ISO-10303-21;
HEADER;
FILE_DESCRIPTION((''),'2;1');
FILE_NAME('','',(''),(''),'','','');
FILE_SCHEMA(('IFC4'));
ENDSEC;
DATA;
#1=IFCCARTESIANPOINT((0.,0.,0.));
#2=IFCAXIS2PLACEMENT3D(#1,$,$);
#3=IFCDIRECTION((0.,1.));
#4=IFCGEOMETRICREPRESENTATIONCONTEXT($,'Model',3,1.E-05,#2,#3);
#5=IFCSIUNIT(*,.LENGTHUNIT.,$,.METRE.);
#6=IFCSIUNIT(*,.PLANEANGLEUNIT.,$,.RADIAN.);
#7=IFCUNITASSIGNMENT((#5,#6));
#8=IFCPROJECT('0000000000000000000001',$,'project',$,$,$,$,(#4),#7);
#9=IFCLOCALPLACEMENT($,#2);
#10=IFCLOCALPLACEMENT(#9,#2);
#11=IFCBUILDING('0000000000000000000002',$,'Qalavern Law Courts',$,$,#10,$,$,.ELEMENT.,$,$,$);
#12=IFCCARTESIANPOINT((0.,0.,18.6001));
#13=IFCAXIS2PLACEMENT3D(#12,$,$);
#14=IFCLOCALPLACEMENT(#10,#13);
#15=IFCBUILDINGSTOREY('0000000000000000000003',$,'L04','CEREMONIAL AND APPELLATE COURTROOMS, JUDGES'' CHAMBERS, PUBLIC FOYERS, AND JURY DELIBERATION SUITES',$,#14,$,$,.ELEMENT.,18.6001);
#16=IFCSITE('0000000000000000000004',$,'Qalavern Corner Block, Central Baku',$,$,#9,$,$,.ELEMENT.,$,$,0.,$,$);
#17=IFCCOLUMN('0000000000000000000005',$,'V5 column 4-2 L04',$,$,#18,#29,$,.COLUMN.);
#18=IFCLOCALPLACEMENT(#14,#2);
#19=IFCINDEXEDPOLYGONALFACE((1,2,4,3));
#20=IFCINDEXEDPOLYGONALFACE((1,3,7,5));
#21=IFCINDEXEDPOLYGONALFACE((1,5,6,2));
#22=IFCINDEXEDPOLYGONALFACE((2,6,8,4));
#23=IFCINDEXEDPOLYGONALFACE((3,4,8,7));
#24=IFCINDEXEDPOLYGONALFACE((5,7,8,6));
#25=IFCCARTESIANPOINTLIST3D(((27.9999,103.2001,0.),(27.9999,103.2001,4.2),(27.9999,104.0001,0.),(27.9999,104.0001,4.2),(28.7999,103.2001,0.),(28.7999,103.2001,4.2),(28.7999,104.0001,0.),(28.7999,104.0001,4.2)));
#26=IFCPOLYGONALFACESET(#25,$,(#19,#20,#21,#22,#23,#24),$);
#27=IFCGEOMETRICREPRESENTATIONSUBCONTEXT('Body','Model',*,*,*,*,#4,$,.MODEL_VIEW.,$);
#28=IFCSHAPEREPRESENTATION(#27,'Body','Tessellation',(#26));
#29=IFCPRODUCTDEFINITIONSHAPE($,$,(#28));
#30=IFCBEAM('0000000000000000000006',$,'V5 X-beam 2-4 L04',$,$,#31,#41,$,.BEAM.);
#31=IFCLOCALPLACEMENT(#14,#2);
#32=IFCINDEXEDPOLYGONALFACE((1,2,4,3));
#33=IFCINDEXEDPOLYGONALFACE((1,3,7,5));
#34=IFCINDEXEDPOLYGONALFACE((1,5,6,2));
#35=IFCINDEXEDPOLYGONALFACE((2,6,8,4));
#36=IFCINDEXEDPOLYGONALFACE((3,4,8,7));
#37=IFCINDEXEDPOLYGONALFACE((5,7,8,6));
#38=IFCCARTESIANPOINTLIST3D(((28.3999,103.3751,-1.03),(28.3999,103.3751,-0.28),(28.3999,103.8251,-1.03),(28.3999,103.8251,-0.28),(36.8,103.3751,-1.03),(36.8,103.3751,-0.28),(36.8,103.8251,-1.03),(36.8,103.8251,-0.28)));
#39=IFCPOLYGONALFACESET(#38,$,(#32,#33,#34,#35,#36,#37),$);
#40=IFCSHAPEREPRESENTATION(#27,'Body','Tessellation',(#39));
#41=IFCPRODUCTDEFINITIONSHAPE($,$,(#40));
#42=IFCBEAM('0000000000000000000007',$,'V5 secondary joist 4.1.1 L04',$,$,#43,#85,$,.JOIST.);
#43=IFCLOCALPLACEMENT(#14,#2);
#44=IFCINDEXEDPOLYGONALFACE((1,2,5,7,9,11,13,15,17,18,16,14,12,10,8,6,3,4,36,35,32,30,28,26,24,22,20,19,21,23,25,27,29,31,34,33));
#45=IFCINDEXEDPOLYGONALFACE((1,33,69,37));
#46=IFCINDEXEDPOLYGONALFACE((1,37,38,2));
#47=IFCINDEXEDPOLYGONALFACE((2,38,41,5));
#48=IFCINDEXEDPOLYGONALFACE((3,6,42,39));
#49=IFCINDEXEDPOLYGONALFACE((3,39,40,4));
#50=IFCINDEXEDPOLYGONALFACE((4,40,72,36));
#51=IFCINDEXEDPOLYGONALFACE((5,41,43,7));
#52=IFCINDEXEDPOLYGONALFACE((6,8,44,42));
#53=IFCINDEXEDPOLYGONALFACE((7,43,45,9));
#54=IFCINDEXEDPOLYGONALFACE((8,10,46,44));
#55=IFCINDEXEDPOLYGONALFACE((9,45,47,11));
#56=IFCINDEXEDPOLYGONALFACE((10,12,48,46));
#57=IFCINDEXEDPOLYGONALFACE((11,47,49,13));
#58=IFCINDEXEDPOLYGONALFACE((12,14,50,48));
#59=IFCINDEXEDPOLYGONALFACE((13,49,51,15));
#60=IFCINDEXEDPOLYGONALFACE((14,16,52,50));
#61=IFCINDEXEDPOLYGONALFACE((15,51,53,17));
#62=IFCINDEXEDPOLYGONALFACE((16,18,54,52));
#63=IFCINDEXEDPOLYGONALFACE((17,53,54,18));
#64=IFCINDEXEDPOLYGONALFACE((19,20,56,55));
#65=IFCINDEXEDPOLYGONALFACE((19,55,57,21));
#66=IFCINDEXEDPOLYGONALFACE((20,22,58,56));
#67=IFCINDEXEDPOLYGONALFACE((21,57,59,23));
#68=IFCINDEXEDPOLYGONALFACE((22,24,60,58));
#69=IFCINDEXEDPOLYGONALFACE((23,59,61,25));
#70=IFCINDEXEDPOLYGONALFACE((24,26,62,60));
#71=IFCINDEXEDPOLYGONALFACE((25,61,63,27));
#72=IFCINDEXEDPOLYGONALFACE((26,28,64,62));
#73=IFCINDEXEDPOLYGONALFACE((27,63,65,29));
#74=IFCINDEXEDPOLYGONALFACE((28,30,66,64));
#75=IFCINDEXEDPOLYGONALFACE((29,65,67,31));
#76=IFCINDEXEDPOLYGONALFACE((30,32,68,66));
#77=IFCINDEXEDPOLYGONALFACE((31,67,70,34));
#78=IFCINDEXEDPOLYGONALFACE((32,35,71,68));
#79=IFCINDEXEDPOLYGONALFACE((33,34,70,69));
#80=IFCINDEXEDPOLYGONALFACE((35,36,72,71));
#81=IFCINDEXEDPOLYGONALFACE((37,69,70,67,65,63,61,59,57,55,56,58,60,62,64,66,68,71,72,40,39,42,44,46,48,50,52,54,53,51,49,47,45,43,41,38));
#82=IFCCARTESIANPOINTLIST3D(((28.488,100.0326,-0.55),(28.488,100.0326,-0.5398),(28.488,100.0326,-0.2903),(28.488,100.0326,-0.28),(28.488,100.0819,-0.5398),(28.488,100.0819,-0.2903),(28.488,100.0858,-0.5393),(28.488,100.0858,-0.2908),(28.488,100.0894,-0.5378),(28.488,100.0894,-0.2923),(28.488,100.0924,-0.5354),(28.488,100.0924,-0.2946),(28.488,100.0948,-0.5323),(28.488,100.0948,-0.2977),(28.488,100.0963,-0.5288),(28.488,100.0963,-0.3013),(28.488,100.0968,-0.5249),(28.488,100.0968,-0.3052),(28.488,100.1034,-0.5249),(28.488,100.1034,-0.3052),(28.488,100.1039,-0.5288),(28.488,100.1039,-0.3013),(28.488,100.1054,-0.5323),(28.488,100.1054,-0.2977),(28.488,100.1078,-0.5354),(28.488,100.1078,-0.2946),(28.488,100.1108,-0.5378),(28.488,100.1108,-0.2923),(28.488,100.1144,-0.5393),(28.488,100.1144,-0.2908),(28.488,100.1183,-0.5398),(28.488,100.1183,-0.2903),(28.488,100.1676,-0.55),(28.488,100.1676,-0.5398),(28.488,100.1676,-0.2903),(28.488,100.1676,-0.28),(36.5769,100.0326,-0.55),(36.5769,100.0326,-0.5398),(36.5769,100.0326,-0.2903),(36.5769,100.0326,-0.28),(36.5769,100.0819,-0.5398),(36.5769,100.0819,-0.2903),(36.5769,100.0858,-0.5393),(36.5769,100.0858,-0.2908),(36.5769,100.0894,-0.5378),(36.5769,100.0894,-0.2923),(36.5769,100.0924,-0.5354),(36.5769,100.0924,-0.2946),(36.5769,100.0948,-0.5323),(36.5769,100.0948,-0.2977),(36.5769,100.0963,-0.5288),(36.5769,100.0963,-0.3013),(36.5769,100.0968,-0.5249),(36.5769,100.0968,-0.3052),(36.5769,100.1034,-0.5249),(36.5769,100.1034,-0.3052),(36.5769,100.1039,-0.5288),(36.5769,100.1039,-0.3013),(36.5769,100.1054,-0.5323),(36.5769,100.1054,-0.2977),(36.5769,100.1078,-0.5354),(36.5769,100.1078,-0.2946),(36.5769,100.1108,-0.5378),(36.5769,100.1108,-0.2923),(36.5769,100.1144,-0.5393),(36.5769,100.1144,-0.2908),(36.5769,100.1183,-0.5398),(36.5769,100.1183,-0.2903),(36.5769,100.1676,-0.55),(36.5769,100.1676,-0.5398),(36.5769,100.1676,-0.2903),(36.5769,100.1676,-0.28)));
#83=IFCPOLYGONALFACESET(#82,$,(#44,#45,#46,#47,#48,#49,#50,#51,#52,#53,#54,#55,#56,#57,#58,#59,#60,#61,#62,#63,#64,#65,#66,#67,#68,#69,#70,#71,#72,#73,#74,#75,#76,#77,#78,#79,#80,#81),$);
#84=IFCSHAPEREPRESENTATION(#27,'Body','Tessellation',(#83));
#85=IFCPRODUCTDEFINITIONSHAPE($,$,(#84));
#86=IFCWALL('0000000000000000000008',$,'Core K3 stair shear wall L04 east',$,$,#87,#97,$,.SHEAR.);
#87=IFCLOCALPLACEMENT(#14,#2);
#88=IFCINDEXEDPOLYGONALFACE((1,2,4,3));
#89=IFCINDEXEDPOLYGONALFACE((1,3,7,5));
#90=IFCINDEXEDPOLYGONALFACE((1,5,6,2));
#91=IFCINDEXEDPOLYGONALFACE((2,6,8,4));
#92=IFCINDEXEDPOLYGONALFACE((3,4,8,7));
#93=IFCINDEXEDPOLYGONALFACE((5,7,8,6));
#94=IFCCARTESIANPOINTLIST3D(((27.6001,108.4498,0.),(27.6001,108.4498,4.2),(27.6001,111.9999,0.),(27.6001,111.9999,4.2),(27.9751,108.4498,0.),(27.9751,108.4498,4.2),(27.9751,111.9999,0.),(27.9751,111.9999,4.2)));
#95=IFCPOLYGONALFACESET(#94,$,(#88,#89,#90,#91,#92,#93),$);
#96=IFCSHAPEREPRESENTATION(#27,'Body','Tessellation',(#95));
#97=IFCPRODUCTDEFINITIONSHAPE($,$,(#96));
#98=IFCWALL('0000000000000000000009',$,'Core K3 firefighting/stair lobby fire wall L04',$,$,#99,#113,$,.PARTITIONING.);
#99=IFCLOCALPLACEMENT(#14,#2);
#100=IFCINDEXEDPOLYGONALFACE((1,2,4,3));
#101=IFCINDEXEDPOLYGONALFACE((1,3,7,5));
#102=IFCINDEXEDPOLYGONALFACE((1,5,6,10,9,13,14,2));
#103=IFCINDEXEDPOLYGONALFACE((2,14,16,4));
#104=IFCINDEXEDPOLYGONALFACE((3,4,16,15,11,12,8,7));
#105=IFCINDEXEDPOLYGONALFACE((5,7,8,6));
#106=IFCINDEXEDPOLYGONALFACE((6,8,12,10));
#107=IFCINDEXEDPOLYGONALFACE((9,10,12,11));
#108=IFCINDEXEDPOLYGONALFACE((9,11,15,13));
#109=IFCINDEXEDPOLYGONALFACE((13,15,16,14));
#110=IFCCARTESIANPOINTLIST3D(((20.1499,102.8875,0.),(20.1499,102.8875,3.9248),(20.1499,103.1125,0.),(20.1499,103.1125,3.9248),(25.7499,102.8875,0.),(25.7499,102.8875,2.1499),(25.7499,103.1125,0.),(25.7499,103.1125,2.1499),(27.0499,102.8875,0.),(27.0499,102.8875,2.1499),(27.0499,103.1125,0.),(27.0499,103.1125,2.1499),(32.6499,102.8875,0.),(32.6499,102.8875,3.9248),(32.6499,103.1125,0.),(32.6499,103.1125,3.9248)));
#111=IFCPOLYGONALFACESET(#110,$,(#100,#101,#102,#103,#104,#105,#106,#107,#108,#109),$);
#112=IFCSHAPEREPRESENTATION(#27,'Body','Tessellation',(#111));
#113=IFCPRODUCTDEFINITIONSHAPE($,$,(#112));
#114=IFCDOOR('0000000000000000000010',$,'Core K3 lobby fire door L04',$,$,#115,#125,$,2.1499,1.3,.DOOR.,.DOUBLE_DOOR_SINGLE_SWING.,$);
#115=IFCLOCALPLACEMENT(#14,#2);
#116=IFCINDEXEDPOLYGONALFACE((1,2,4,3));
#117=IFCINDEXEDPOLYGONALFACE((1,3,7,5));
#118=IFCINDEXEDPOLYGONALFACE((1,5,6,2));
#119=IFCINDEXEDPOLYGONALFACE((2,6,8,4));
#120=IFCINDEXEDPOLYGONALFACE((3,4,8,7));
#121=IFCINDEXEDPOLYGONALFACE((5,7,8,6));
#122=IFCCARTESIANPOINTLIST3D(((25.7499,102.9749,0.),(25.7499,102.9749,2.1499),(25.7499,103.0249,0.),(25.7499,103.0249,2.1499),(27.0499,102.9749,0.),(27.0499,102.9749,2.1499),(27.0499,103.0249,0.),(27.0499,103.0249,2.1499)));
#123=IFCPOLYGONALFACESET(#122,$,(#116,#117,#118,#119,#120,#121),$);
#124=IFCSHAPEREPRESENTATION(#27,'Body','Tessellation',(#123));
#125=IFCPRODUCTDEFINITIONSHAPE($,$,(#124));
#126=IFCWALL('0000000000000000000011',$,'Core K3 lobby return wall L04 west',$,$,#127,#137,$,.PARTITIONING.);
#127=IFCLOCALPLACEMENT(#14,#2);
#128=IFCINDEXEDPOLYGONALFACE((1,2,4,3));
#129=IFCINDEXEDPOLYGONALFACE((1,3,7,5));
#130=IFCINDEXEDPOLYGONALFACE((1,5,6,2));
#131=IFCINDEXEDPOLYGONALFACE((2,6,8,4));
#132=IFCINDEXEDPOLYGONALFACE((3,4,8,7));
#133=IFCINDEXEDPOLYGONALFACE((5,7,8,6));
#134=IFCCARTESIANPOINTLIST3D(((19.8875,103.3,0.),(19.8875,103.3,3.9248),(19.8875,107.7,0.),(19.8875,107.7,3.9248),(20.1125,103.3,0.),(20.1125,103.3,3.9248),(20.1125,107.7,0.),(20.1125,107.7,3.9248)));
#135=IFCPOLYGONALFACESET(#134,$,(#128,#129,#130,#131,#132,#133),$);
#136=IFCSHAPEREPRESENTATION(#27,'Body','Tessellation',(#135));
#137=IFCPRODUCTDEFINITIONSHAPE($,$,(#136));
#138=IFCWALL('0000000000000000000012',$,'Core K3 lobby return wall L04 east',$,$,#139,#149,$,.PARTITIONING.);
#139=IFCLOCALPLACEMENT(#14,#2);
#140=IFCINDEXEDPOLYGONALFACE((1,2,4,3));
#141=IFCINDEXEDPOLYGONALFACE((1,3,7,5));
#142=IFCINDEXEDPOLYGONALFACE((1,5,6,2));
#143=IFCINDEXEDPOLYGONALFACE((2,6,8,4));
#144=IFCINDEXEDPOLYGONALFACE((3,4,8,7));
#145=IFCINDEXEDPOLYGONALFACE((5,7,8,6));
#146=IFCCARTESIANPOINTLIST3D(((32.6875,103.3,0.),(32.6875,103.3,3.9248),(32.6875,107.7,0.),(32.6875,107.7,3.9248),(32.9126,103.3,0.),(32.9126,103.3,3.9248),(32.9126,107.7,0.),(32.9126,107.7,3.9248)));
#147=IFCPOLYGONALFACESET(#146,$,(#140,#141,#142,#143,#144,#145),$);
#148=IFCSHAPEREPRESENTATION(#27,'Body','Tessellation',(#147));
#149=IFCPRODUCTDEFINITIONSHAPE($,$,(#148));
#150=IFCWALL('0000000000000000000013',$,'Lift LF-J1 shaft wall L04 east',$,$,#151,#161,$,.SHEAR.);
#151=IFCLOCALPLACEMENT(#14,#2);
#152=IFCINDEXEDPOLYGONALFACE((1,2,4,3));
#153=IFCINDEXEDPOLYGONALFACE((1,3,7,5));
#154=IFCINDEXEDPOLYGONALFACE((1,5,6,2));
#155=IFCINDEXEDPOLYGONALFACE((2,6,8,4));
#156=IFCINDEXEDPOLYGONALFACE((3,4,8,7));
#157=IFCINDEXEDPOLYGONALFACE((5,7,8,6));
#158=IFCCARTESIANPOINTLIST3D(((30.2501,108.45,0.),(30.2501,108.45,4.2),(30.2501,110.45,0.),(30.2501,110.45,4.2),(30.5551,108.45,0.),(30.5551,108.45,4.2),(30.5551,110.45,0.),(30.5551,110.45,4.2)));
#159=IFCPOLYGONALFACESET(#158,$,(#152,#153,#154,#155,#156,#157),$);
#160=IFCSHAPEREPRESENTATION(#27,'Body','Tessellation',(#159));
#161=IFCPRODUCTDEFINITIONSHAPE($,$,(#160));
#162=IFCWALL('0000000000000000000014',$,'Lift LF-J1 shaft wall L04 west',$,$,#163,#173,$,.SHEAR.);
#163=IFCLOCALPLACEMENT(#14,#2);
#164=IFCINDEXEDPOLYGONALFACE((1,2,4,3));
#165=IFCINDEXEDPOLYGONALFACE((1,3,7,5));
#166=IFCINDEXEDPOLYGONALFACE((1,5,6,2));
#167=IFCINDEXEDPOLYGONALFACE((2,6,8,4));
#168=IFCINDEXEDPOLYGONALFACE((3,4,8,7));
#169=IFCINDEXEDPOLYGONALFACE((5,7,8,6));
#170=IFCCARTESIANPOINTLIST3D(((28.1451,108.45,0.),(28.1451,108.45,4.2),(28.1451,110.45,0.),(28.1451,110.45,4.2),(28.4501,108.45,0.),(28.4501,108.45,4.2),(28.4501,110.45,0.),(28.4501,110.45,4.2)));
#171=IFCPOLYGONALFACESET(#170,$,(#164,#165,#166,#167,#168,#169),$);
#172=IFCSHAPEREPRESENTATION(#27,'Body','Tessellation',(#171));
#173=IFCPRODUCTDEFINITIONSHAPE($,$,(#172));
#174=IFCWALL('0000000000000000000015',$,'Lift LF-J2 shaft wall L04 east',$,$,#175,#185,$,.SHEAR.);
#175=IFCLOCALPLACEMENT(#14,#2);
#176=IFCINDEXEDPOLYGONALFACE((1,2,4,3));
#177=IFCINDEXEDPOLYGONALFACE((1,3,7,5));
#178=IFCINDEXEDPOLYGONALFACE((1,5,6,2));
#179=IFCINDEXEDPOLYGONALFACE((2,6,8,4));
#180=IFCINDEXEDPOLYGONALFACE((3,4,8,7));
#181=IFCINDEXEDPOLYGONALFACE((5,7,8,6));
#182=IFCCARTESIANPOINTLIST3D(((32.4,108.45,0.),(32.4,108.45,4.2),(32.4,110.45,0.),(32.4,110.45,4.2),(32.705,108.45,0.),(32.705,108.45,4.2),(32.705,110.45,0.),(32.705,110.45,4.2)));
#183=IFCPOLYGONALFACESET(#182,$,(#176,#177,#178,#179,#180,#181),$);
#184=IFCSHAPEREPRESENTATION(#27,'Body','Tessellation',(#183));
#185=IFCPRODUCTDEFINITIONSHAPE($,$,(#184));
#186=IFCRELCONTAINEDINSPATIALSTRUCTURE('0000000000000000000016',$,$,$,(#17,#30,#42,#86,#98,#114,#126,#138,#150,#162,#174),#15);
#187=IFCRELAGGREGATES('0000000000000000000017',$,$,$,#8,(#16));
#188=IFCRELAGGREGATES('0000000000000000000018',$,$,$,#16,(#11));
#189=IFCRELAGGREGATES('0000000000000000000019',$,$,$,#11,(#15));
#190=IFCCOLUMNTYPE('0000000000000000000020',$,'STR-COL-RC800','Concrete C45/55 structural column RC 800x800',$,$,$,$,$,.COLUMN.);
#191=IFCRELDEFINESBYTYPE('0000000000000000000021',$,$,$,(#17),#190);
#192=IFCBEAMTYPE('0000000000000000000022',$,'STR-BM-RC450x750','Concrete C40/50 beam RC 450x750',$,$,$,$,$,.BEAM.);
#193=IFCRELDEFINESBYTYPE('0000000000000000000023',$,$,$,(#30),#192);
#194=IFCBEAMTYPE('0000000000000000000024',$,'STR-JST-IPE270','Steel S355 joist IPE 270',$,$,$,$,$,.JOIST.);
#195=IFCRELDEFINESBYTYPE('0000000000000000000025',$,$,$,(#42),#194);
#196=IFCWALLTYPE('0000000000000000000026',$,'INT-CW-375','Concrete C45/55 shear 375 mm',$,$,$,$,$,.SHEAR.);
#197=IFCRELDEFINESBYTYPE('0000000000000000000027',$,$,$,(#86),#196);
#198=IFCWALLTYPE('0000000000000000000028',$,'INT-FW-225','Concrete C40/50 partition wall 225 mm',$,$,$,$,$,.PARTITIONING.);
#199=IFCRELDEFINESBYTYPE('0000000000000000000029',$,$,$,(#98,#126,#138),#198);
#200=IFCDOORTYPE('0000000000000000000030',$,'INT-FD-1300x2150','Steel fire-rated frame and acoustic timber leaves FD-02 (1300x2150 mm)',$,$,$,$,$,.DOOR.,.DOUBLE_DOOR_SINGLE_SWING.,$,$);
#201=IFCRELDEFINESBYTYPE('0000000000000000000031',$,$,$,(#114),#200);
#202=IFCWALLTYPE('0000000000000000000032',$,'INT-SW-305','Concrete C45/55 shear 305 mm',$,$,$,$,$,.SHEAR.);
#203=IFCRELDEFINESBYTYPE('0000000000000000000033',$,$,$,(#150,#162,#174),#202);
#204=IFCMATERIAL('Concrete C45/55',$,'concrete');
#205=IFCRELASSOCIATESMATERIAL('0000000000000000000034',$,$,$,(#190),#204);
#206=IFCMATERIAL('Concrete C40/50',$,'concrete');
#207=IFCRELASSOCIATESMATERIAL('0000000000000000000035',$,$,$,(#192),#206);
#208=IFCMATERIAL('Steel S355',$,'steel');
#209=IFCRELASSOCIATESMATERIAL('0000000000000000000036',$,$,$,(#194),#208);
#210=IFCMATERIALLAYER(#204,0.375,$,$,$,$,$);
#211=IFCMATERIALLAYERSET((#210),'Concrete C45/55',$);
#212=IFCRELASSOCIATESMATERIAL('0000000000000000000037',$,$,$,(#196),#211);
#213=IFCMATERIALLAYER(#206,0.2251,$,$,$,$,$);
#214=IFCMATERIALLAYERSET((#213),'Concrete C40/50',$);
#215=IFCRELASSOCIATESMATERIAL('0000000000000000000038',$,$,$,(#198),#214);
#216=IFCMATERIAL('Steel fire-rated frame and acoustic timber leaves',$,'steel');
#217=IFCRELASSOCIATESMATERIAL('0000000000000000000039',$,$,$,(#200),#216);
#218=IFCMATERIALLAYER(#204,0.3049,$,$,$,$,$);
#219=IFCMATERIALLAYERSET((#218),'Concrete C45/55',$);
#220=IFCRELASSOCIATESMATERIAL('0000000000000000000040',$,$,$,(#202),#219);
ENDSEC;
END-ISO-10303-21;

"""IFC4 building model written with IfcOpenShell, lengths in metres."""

from ifc_helpers import new_model, si_unit, direction, frame, frame_2d, origin, origin_2d, place, context, subcontext, project, spatial, rectangle, i_section, extrude, material, layer, layer_set, material_profile, profile_set, type_object, element, fill, save


model = new_model("IFC4")

# Units and contexts
model_context = context("Model", 3, precision=1e-05, world=origin(), true_north=direction((0.0, 1.0)))
body_context = subcontext(model_context, "Body", "Model", "MODEL_VIEW")
ifc_project = project(units=[si_unit("LENGTHUNIT", "METRE"), si_unit("PLANEANGLEUNIT", "RADIAN")], contexts=[model_context])

# Site, building, storey
site_placement = place(None, origin())
site = spatial("IfcSite", under=ifc_project, at=site_placement, Name="Qalavern Corner Block, Central Baku", CompositionType="ELEMENT", RefElevation=0.0)
building_placement = place(site_placement, origin())
building = spatial("IfcBuilding", under=site, at=building_placement, Name="Qalavern Law Courts", CompositionType="ELEMENT")
storey_placement = place(building_placement, frame((0.0, 0.0, 18.6001)))
storey = spatial("IfcBuildingStorey", under=building, at=storey_placement, Name="L04", Description="CEREMONIAL AND APPELLATE COURTROOMS, JUDGES' CHAMBERS, PUBLIC FOYERS, AND JURY DELIBERATION SUITES", CompositionType="ELEMENT", Elevation=18.6001)

# Column
ifc_material_1 = material(Name="Concrete C45/55", Category="concrete")
ifc_material_profile_1 = material_profile(ifc_material_1, rectangle(XDim=0.8, YDim=0.8, at=origin_2d()), Name="RC 800x800")
ifc_profile_set_1 = profile_set([ifc_material_profile_1], Name="Concrete C45/55")
column_type = type_object("IfcColumnType", Name="STR-COL-RC800", Description="Concrete C45/55 structural column RC 800x800", PredefinedType="COLUMN", material=ifc_profile_set_1)
column_placement = place(storey_placement, frame((28.3999, 103.6001, 0.0), z_axis=(0.0, 0.0, 1.0), x_axis=(1.0, 0.0, 0.0)))
element("IfcColumn", 1, at=column_placement, inside=storey, type_object=column_type, Name="V5 column 4-2 L04", PredefinedType="COLUMN", context=body_context, shape_type="SweptSolid", body=[
    extrude(rectangle(XDim=0.8, YDim=0.8, at=origin_2d()), origin(), (0.0, 0.0, 1.0), 4.2),
])

# Beams
ifc_material_2 = material(Name="Concrete C40/50", Category="concrete")
ifc_material_profile_2 = material_profile(ifc_material_2, rectangle(XDim=0.45, YDim=0.75, at=origin_2d()), Name="RC 450x750")
ifc_profile_set_2 = profile_set([ifc_material_profile_2], Name="Concrete C40/50")
beam_type_1 = type_object("IfcBeamType", Name="STR-BM-RC450x750", Description="Concrete C40/50 beam RC 450x750", PredefinedType="BEAM", material=ifc_profile_set_2)
beam_1_placement = place(storey_placement, frame((28.3999, 103.6001, -0.655), z_axis=(1.0, 0.0, 0.0), x_axis=(0.0, 1.0, 0.0)))
element("IfcBeam", 2, at=beam_1_placement, inside=storey, type_object=beam_type_1, Name="V5 X-beam 2-4 L04", PredefinedType="BEAM", context=body_context, shape_type="SweptSolid", body=[
    extrude(rectangle(XDim=0.45, YDim=0.75, at=origin_2d()), origin(), (0.0, 0.0, 1.0), 8.4001),
])
ifc_material_3 = material(Name="Steel S355", Category="steel")
ifc_material_profile_3 = material_profile(ifc_material_3, i_section(OverallWidth=0.135, OverallDepth=0.27, WebThickness=0.0066, FlangeThickness=0.0103, FilletRadius=0.0149, at=origin_2d()), Name="IPE 270")
ifc_profile_set_3 = profile_set([ifc_material_profile_3], Name="Steel S355")
beam_type_2 = type_object("IfcBeamType", Name="STR-JST-IPE270", Description="Steel S355 joist IPE 270", PredefinedType="JOIST", material=ifc_profile_set_3)
beam_2_placement = place(storey_placement, frame((28.488, 100.1001, -0.415), z_axis=(1.0, 0.0, 0.0), x_axis=(0.0, 1.0, 0.0)))
element("IfcBeam", 3, at=beam_2_placement, inside=storey, type_object=beam_type_2, Name="V5 secondary joist 4.1.1 L04", PredefinedType="JOIST", context=body_context, shape_type="SweptSolid", body=[
    extrude(i_section(OverallWidth=0.135, OverallDepth=0.27, WebThickness=0.0066, FlangeThickness=0.0103, FilletRadius=0.0149, at=origin_2d()), origin(), (0.0, 0.0, 1.0), 8.0889),
])

# Wall
ifc_layer_1 = layer(ifc_material_1, 0.375)
ifc_layer_set_1 = layer_set([ifc_layer_1], Name="Concrete C45/55")
wall_type_1 = type_object("IfcWallType", Name="INT-CW-375", Description="Concrete C45/55 shear 375 mm", PredefinedType="SHEAR", material=ifc_layer_set_1)
wall_1_placement = place(storey_placement, frame((27.7876, 108.45, 0.0), z_axis=(0.0, 0.0, 1.0), x_axis=(0.0, 1.0, 0.0)))
element("IfcWall", 4, at=wall_1_placement, inside=storey, type_object=wall_type_1, Name="Core K3 stair shear wall L04 east", PredefinedType="SHEAR", context=body_context, shape_type="SweptSolid", body=[
    extrude(rectangle(XDim=3.55, YDim=0.375, at=frame_2d((1.7749, 0.0))), origin(), (0.0, 0.0, 1.0), 4.2),
])

# Wall, opening, door
ifc_layer_2 = layer(ifc_material_2, 0.2251)
ifc_layer_set_2 = layer_set([ifc_layer_2], Name="Concrete C40/50")
wall_type_2 = type_object("IfcWallType", Name="INT-FW-225", Description="Concrete C40/50 partition wall 225 mm", PredefinedType="PARTITIONING", material=ifc_layer_set_2)
wall_2_placement = place(storey_placement, frame((20.1499, 103.0, 0.0), z_axis=(0.0, 0.0, 1.0), x_axis=(1.0, 0.0, 0.0)))
wall_2 = element("IfcWall", 5, at=wall_2_placement, inside=storey, type_object=wall_type_2, Name="Core K3 firefighting/stair lobby fire wall L04", PredefinedType="PARTITIONING", context=body_context, shape_type="SweptSolid", body=[
    extrude(rectangle(XDim=12.5, YDim=0.2251, at=frame_2d((6.25, 0.0))), origin(), (0.0, 0.0, 1.0), 3.9248),
])
opening_1_placement = place(wall_2_placement, frame((5.6001, 0.0, 0.0)))
opening_1 = element("IfcOpeningElement", 6, at=opening_1_placement, cuts=wall_2, PredefinedType="OPENING", context=body_context, shape_type="SweptSolid", body=[
    extrude(rectangle(XDim=1.3, YDim=2.1499, at=frame_2d((0.6499, 1.075))), frame((0.0, 0.1274, 0.0), z_axis=(0.0, -1.0, 0.0), x_axis=(1.0, 0.0, 0.0)), (0.0, 0.0, 1.0), 0.2549),
])
ifc_material_4 = material(Name="Steel fire-rated frame and acoustic timber leaves", Category="steel")
door_type_1 = type_object("IfcDoorType", Name="INT-FD-1300x2150", Description="Steel fire-rated frame and acoustic timber leaves FD-02 (1300x2150 mm)", OperationType="DOUBLE_DOOR_SINGLE_SWING", PredefinedType="DOOR", material=ifc_material_4)
door_1_placement = place(opening_1_placement, origin())
door_1 = element("IfcDoor", 7, at=door_1_placement, inside=storey, type_object=door_type_1, Name="Core K3 lobby fire door L04", OperationType="DOUBLE_DOOR_SINGLE_SWING", OverallHeight=2.1499, OverallWidth=1.3, PredefinedType="DOOR", context=body_context, shape_type="SweptSolid", body=[
    extrude(rectangle(XDim=1.3, YDim=2.1499, at=frame_2d((0.6499, 1.075))), frame((0.0, 0.0249, 0.0), z_axis=(0.0, -1.0, 0.0), x_axis=(1.0, 0.0, 0.0)), (0.0, 0.0, 1.0), 0.05),
])
fill(opening_1, door_1)

# Walls
for number, where, z_axis, x_axis, name in (
    (8, (20.0, 103.3, 0.0), (0.0, 0.0, 1.0), (0.0, 1.0, 0.0), "Core K3 lobby return wall L04 west"),
    (9, (32.8, 103.3, 0.0), (0.0, 0.0, 1.0), (0.0, 1.0, 0.0), "Core K3 lobby return wall L04 east"),
):
    element("IfcWall", number, at=place(storey_placement, frame(where, z_axis=z_axis, x_axis=x_axis)), inside=storey, type_object=wall_type_2, Name=name, PredefinedType="PARTITIONING", context=body_context, shape_type="SweptSolid", body=[
        extrude(rectangle(XDim=4.3999, YDim=0.2251, at=frame_2d((2.2, 0.0))), origin(), (0.0, 0.0, 1.0), 3.9248),
    ])

# Shared definitions
ifc_layer_3 = layer(ifc_material_1, 0.3049)
ifc_layer_set_3 = layer_set([ifc_layer_3], Name="Concrete C45/55")
wall_type_3 = type_object("IfcWallType", Name="INT-SW-305", Description="Concrete C45/55 shear 305 mm", PredefinedType="SHEAR", material=ifc_layer_set_3)

# Walls
for number, where, z_axis, x_axis, name in (
    (10, (30.4026, 108.45, 0.0), (0.0, 0.0, 1.0), (0.0, 1.0, 0.0), "Lift LF-J1 shaft wall L04 east"),
    (11, (28.2976, 110.45, 0.0), (0.0, 0.0, 1.0), (0.0, -1.0, 0.0), "Lift LF-J1 shaft wall L04 west"),
):
    element("IfcWall", number, at=place(storey_placement, frame(where, z_axis=z_axis, x_axis=x_axis)), inside=storey, type_object=wall_type_3, Name=name, PredefinedType="SHEAR", context=body_context, shape_type="SweptSolid", body=[
        extrude(rectangle(XDim=2.0, YDim=0.3049, at=frame_2d((1.0, 0.0))), origin(), (0.0, 0.0, 1.0), 4.2),
    ])

# Wall
wall_3_placement = place(storey_placement, frame((32.5525, 108.45, 0.0), z_axis=(0.0, 0.0, 1.0), x_axis=(0.0, 1.0, 0.0)))
element("IfcWall", 12, at=wall_3_placement, inside=storey, type_object=wall_type_3, Name="Lift LF-J2 shaft wall L04 east", PredefinedType="SHEAR", context=body_context, shape_type="SweptSolid", body=[
    extrude(rectangle(XDim=2.0, YDim=0.3049, at=frame_2d((1.0, 0.0))), origin(), (0.0, 0.0, 1.0), 4.2),
])

save(model, "model.ifc")
